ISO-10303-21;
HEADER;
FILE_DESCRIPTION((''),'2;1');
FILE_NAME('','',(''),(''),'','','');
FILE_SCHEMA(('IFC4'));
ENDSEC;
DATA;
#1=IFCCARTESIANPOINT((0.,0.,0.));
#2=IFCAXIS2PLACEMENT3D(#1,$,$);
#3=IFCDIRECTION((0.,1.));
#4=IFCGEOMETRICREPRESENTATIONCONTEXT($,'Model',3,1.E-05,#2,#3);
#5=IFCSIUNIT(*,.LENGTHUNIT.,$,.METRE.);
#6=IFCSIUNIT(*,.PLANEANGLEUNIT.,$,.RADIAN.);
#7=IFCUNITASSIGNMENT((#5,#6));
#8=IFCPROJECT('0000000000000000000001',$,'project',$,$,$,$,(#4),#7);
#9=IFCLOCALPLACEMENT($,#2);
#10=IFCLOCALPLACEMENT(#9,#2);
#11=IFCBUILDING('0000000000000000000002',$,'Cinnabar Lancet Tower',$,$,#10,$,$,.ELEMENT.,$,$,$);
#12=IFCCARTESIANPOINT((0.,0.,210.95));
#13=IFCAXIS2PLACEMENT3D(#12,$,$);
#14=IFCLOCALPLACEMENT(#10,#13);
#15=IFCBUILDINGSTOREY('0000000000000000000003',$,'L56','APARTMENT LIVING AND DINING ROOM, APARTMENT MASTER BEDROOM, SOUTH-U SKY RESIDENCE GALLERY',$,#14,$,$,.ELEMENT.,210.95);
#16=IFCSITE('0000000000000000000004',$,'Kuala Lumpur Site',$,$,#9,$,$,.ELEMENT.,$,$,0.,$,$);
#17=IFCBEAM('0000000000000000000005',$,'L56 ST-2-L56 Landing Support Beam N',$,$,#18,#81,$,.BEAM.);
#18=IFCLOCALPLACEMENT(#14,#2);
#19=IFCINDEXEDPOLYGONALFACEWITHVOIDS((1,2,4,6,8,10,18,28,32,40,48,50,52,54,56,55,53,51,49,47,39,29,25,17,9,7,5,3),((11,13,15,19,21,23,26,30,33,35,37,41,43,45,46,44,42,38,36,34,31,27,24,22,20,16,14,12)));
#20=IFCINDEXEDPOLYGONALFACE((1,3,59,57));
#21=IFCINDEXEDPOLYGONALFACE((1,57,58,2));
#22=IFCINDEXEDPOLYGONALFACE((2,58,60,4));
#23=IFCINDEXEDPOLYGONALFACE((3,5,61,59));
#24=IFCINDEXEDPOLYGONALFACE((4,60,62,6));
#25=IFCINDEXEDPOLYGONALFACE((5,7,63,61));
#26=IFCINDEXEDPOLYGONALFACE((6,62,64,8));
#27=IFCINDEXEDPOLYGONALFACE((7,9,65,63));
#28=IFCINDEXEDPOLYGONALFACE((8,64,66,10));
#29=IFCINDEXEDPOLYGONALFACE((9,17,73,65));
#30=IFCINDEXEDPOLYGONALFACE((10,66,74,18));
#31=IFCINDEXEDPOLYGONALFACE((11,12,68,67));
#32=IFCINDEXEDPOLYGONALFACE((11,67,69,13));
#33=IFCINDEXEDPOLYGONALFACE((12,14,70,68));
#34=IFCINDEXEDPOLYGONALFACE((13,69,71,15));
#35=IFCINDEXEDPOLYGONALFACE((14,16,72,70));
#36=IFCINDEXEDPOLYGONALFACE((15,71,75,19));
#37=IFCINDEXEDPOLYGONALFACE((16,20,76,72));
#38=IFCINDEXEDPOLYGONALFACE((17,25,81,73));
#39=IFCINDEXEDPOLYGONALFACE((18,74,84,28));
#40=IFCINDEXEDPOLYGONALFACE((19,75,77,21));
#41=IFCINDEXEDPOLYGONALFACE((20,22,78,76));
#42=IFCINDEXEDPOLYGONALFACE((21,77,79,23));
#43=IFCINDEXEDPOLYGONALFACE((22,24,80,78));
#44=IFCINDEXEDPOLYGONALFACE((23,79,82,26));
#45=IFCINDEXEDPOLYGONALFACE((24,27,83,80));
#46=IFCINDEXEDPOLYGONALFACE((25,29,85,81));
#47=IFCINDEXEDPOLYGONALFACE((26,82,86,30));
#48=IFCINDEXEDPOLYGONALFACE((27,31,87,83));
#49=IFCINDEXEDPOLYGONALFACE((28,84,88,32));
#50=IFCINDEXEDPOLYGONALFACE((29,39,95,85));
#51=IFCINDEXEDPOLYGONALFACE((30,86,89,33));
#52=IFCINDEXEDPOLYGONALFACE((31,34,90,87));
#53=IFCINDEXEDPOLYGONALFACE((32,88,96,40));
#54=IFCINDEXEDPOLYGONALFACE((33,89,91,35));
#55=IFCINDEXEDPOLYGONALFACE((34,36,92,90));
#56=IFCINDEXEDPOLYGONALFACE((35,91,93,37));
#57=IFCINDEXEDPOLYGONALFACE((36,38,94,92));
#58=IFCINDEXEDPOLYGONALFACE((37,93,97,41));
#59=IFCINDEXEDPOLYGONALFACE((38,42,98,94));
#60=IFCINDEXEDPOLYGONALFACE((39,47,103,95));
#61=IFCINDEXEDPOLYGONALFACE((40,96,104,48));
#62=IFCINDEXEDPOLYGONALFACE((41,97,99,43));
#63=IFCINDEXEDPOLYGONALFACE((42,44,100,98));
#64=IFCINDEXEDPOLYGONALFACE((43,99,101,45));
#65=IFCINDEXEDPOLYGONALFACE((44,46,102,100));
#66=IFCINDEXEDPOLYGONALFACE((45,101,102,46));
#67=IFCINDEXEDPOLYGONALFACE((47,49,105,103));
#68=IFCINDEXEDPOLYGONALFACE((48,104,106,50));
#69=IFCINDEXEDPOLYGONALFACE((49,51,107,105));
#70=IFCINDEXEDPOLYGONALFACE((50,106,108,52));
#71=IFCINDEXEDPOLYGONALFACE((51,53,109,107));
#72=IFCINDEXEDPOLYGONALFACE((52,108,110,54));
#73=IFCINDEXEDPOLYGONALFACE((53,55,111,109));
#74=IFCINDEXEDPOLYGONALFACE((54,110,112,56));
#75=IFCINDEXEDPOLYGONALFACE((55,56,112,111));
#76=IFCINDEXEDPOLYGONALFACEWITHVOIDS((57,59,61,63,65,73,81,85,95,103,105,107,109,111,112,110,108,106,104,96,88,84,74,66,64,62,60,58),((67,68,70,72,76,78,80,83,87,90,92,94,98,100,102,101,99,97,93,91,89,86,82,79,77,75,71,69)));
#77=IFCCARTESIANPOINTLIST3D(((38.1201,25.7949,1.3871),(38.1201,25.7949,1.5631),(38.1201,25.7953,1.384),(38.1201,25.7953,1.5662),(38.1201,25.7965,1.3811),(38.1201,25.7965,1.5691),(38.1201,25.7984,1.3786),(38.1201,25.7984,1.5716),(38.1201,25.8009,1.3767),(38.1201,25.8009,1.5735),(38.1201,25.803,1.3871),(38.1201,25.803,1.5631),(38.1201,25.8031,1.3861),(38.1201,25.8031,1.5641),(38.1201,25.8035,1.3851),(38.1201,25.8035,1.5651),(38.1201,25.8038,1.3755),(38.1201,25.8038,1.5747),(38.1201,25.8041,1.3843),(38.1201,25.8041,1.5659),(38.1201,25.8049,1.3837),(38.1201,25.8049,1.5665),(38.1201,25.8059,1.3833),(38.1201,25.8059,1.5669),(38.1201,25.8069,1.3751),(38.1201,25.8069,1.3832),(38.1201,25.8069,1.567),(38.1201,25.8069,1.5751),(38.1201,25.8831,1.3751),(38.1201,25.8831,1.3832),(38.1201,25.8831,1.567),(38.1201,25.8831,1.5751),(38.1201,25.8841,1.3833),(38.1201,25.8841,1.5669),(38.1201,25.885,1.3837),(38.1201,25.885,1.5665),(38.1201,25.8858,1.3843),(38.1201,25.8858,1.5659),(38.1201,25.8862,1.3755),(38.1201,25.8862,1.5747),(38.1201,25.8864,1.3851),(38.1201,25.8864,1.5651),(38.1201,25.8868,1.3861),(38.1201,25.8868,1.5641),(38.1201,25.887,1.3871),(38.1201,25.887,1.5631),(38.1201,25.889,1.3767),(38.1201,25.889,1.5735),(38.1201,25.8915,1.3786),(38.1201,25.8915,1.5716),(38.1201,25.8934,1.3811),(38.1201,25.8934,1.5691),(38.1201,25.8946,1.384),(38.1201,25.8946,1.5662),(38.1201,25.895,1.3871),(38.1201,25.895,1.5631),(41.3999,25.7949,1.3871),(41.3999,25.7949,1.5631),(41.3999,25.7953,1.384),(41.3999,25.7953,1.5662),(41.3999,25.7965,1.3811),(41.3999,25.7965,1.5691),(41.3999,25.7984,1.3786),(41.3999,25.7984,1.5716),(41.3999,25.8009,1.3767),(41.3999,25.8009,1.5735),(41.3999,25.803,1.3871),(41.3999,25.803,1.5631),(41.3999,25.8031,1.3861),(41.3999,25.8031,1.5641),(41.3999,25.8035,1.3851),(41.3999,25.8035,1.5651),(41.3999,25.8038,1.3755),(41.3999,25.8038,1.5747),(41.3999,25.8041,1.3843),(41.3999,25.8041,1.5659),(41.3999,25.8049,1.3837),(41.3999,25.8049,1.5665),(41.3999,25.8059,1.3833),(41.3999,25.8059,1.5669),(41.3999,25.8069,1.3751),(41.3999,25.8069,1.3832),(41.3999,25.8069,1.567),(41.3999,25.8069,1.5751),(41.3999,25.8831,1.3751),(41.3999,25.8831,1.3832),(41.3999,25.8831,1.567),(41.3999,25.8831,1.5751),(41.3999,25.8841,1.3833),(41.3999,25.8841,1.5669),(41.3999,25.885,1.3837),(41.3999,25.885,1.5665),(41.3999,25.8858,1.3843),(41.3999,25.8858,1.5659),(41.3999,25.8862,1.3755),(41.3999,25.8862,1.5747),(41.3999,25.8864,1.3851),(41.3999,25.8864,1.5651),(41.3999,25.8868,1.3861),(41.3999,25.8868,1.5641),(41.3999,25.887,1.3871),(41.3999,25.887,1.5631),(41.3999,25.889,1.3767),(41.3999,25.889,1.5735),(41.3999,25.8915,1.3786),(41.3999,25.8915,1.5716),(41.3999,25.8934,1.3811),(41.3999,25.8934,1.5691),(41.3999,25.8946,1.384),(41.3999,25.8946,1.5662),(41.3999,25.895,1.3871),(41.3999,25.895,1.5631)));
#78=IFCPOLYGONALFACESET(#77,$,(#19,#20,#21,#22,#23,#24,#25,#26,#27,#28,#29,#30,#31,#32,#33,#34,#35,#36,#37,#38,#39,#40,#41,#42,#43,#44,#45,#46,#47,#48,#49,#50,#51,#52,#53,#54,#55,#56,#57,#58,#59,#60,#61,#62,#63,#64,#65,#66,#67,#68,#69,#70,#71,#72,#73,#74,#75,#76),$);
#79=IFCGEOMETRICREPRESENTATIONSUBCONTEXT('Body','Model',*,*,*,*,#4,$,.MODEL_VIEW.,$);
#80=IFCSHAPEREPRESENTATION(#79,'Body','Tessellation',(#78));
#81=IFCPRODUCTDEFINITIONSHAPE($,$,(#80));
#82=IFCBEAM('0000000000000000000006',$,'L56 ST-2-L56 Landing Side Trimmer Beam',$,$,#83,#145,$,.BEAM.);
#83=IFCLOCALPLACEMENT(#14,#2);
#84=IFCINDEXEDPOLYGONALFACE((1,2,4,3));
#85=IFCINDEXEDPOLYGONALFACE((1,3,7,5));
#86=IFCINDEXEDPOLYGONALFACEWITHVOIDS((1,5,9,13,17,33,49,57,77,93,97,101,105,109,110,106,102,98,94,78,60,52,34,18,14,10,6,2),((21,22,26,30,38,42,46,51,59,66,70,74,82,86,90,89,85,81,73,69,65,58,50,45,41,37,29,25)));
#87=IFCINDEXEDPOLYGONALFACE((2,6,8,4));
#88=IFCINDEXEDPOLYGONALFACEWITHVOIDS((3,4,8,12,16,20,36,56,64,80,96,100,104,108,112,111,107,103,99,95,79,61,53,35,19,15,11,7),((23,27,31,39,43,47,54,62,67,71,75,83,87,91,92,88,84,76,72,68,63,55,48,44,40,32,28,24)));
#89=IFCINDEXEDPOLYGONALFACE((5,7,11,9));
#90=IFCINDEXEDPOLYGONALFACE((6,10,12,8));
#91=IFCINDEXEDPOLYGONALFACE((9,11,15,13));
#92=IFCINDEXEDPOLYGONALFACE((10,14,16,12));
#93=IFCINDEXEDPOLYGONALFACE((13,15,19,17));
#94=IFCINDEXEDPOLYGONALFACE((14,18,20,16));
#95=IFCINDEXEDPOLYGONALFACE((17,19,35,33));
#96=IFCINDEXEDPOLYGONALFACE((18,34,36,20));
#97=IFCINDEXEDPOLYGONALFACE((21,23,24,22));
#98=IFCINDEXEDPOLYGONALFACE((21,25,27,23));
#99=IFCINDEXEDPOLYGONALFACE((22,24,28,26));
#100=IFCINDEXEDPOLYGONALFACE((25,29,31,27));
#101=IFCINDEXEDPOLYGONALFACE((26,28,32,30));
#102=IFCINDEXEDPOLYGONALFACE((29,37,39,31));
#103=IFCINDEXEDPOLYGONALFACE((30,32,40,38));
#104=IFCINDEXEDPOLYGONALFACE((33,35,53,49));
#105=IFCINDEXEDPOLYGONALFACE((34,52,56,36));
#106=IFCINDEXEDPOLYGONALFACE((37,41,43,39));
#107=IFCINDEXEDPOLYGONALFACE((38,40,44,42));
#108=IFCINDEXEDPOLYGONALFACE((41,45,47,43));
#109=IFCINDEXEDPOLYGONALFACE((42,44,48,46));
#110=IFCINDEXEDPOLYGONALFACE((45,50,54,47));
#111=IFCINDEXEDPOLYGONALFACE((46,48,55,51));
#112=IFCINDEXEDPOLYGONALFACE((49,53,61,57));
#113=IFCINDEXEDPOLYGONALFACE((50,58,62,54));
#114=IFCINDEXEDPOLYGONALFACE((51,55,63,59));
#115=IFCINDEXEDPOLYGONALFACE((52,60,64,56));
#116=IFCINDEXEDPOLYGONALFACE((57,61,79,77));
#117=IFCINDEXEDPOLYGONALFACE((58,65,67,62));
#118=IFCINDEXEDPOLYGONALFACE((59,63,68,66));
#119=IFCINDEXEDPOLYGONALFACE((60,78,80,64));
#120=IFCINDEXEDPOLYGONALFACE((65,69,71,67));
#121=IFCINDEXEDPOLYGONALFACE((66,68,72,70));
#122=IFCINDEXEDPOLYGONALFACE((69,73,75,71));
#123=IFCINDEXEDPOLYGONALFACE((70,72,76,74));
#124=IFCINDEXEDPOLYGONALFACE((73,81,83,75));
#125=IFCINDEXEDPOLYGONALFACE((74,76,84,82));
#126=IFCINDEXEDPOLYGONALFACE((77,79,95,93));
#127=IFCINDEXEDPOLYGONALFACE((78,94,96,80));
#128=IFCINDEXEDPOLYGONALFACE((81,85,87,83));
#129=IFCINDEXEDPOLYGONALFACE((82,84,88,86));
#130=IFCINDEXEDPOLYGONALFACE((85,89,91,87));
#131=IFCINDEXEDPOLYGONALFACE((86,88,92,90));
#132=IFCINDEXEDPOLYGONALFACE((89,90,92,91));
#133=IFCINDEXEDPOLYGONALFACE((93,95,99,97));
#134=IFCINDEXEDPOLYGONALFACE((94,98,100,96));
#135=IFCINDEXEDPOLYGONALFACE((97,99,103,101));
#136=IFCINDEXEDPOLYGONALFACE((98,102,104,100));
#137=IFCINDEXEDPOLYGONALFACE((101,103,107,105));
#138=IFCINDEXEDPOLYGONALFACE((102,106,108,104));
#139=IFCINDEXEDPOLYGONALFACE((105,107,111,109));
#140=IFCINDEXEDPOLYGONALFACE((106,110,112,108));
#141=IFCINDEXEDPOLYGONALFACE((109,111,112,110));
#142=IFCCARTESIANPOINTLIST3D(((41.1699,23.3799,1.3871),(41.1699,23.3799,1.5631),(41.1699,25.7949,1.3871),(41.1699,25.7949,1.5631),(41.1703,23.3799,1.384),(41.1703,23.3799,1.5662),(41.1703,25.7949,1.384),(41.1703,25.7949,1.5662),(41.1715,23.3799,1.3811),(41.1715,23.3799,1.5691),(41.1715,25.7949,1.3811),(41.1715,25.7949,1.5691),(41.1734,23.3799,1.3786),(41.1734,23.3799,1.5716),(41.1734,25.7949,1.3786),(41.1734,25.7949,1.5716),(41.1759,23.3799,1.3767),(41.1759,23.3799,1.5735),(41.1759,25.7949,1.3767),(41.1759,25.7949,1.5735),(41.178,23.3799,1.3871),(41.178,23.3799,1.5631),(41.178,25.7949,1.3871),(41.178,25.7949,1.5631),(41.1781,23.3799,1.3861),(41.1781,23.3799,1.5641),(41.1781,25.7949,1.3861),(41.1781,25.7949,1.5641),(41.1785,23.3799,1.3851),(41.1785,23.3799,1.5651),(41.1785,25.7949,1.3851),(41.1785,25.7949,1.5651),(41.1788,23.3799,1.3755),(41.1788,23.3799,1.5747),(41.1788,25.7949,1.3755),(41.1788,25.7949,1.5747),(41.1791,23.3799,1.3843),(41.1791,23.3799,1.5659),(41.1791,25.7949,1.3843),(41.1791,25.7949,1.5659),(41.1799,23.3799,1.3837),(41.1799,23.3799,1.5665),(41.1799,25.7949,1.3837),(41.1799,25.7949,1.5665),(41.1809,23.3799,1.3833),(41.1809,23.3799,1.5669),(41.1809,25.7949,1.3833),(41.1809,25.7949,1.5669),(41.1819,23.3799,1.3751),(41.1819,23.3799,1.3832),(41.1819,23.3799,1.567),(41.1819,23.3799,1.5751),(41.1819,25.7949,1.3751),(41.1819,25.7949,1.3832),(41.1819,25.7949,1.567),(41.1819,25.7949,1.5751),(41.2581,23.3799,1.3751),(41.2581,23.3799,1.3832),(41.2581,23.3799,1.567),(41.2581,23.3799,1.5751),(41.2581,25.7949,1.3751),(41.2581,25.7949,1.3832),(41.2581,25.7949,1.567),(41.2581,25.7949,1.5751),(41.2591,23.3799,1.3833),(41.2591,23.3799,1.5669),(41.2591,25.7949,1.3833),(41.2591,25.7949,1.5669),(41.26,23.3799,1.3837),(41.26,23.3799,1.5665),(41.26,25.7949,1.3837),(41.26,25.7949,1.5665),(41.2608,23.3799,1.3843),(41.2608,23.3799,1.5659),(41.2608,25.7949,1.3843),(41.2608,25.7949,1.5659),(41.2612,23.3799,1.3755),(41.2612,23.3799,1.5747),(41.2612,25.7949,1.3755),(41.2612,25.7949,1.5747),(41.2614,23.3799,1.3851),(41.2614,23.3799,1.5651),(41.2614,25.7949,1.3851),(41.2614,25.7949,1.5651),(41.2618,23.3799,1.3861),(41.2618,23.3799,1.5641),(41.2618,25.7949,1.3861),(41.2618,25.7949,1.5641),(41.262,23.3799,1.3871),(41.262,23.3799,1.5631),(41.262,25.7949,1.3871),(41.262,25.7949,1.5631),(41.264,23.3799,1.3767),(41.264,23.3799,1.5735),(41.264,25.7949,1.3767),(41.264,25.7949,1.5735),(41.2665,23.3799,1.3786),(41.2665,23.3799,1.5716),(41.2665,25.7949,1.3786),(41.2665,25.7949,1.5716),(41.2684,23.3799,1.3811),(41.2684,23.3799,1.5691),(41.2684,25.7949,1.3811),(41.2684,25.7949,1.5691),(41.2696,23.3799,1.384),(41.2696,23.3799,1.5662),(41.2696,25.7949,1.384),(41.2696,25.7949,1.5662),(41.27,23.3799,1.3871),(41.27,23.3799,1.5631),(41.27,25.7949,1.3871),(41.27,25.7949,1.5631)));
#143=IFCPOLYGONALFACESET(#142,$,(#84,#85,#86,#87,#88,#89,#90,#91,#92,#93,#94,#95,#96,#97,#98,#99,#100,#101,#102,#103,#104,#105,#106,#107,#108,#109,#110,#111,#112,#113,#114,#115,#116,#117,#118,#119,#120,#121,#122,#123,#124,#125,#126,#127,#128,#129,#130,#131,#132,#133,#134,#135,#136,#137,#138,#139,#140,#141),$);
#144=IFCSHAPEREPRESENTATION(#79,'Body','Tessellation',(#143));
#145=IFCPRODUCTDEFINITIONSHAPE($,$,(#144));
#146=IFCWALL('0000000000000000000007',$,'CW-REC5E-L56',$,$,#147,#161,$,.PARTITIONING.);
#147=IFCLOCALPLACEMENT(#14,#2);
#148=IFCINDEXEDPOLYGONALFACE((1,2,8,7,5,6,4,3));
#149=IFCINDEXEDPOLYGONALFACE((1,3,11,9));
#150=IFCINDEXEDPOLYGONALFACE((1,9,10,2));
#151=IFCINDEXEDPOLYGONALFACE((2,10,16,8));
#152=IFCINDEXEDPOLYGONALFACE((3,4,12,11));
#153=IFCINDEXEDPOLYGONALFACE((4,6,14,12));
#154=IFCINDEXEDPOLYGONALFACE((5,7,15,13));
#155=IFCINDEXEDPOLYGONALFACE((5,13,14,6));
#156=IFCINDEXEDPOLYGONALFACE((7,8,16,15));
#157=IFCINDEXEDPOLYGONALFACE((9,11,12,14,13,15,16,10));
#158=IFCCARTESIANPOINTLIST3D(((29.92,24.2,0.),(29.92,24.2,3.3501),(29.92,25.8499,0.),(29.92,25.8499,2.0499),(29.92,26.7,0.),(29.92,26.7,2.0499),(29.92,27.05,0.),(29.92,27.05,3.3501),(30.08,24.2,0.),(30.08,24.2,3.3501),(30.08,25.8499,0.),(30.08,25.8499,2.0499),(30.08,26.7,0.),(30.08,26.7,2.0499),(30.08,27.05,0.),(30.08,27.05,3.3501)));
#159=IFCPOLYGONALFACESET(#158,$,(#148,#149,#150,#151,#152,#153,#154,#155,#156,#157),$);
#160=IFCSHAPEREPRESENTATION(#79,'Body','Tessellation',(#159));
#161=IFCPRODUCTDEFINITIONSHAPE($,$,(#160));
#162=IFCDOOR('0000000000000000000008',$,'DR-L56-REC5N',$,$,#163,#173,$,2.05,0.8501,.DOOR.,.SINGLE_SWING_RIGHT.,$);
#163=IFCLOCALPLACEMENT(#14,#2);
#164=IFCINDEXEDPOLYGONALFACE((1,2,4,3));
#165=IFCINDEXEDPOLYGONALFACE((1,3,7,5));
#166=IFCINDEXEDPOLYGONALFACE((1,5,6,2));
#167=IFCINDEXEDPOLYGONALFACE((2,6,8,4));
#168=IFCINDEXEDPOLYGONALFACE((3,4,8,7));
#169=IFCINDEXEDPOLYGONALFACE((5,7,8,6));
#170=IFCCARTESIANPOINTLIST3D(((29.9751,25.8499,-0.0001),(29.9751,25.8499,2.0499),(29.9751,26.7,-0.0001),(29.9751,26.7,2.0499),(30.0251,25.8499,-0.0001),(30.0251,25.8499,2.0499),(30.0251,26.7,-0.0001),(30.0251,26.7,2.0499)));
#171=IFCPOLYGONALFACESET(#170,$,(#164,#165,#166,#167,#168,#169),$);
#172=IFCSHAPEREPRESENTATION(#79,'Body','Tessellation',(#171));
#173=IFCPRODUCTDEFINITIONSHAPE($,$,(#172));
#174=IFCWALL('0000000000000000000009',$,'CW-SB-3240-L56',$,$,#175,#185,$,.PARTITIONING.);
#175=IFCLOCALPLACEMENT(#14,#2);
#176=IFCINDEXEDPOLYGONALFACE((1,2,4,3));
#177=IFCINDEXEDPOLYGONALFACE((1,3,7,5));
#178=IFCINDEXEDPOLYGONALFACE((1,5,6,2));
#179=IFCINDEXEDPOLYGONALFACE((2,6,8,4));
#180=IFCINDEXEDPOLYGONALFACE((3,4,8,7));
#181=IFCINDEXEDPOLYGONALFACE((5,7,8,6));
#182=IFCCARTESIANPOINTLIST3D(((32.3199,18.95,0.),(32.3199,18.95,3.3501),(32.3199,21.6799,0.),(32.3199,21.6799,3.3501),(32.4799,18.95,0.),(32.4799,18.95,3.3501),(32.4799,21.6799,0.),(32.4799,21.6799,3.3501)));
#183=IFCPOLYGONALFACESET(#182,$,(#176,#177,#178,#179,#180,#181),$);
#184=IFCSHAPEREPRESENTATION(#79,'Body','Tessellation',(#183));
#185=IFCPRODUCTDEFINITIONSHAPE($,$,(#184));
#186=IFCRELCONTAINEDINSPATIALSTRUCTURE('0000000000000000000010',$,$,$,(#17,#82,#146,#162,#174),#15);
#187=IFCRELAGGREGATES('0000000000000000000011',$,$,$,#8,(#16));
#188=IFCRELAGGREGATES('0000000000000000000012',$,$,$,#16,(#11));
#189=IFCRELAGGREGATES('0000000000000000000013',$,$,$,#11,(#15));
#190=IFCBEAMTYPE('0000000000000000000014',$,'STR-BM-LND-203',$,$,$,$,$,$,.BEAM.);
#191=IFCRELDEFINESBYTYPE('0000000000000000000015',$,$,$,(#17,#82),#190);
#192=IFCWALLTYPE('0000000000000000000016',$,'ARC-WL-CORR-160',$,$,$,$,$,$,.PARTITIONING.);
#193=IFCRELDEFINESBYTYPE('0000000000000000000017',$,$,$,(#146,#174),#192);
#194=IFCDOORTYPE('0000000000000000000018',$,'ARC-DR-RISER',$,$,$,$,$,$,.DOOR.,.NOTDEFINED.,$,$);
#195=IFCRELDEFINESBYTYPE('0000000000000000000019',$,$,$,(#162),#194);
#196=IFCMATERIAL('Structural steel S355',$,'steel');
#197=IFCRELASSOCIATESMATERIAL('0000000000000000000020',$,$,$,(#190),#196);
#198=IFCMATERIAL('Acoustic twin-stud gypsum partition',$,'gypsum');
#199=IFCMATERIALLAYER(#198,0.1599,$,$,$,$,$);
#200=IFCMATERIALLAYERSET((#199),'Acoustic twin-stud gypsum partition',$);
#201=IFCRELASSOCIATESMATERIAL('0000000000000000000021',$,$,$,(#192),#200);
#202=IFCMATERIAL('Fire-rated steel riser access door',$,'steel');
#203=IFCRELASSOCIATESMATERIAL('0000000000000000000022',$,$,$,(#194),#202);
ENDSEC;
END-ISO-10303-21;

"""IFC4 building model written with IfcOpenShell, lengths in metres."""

from ifc_helpers import new_model, si_unit, direction, frame, frame_2d, origin, origin_2d, place, context, subcontext, project, spatial, rectangle, hollow_rectangle, extrude, material, layer, layer_set, material_profile, profile_set, type_object, element, fill, save


model = new_model("IFC4")

# Units and contexts
model_context = context("Model", 3, precision=1e-05, world=origin(), true_north=direction((0.0, 1.0)))
body_context = subcontext(model_context, "Body", "Model", "MODEL_VIEW")
ifc_project = project(units=[si_unit("LENGTHUNIT", "METRE"), si_unit("PLANEANGLEUNIT", "RADIAN")], contexts=[model_context])

# Site, building, storey
site_placement = place(None, origin())
site = spatial("IfcSite", under=ifc_project, at=site_placement, Name="Kuala Lumpur Site", CompositionType="ELEMENT", RefElevation=0.0)
building_placement = place(site_placement, origin())
building = spatial("IfcBuilding", under=site, at=building_placement, Name="Cinnabar Lancet Tower", CompositionType="ELEMENT")
storey_placement = place(building_placement, frame((0.0, 0.0, 210.95)))
storey = spatial("IfcBuildingStorey", under=building, at=storey_placement, Name="L56", Description="APARTMENT LIVING AND DINING ROOM, APARTMENT MASTER BEDROOM, SOUTH-U SKY RESIDENCE GALLERY", CompositionType="ELEMENT", Elevation=210.95)

# Beams
ifc_material_1 = material(Name="Structural steel S355", Category="steel")
ifc_material_profile_1 = material_profile(ifc_material_1, hollow_rectangle(XDim=0.1001, YDim=0.2, WallThickness=0.0081, InnerFilletRadius=0.0039, OuterFilletRadius=0.012, at=origin_2d()), Name="RHS 200x100x8")
ifc_profile_set_1 = profile_set([ifc_material_profile_1], Name="Structural steel S355")
beam_type_1 = type_object("IfcBeamType", Name="STR-BM-LND-203", PredefinedType="BEAM", material=ifc_profile_set_1)
for number, where, z_axis, x_axis, name in (
    (1, (38.1201, 25.845, 1.4751), (1.0, 0.0, 0.0), (0.0, 1.0, 0.0), "L56 ST-2-L56 Landing Support Beam N"),
):
    element("IfcBeam", number, at=place(storey_placement, frame(where, z_axis=z_axis, x_axis=x_axis)), inside=storey, type_object=beam_type_1, Name=name, PredefinedType="BEAM", context=body_context, shape_type="SweptSolid", body=[
        extrude(hollow_rectangle(XDim=0.1001, YDim=0.2, WallThickness=0.0081, InnerFilletRadius=0.0039, OuterFilletRadius=0.012, at=origin_2d()), origin(), (0.0, 0.0, 1.0), 3.2798),
    ])
beam_1_placement = place(storey_placement, frame((41.22, 23.3799, 1.4751), z_axis=(0.0, 1.0, 0.0), x_axis=(-1.0, 0.0, 0.0)))
element("IfcBeam", 2, at=beam_1_placement, inside=storey, type_object=beam_type_1, Name="L56 ST-2-L56 Landing Side Trimmer Beam", PredefinedType="BEAM", context=body_context, shape_type="SweptSolid", body=[
    extrude(hollow_rectangle(XDim=0.1001, YDim=0.2, WallThickness=0.0081, InnerFilletRadius=0.0039, OuterFilletRadius=0.012, at=origin_2d()), origin(), (0.0, 0.0, 1.0), 2.415),
])

# Wall, opening, door
ifc_material_2 = material(Name="Acoustic twin-stud gypsum partition", Category="gypsum")
ifc_layer_1 = layer(ifc_material_2, 0.1599)
ifc_layer_set_1 = layer_set([ifc_layer_1], Name="Acoustic twin-stud gypsum partition")
wall_type_1 = type_object("IfcWallType", Name="ARC-WL-CORR-160", PredefinedType="PARTITIONING", material=ifc_layer_set_1)
wall_1_placement = place(storey_placement, frame((30.0, 24.2, 0.0), z_axis=(0.0, 0.0, 1.0), x_axis=(0.0, 1.0, 0.0)))
wall_1 = element("IfcWall", 3, at=wall_1_placement, inside=storey, type_object=wall_type_1, Name="CW-REC5E-L56", PredefinedType="PARTITIONING", context=body_context, shape_type="SweptSolid", body=[
    extrude(rectangle(XDim=2.8501, YDim=0.1599, at=frame_2d((1.425, 0.0))), origin(), (0.0, 0.0, 1.0), 3.3501),
])
opening_1_placement = place(wall_1_placement, frame((1.6499, 0.0, 0.0)))
opening_1 = element("IfcOpeningElement", 4, at=opening_1_placement, cuts=wall_1, PredefinedType="OPENING", context=body_context, shape_type="SweptSolid", body=[
    extrude(rectangle(XDim=0.8501, YDim=2.05, at=frame_2d((0.425, 1.0249))), frame((0.0, 0.0898, 0.0), z_axis=(0.0, -1.0, 0.0), x_axis=(1.0, 0.0, 0.0)), (0.0, 0.0, 1.0), 0.1799),
])
ifc_material_3 = material(Name="Fire-rated steel riser access door", Category="steel")
door_type_1 = type_object("IfcDoorType", Name="ARC-DR-RISER", OperationType="NOTDEFINED", PredefinedType="DOOR", material=ifc_material_3)
door_1_placement = place(opening_1_placement, origin())
door_1 = element("IfcDoor", 5, at=door_1_placement, inside=storey, type_object=door_type_1, Name="DR-L56-REC5N", OperationType="SINGLE_SWING_RIGHT", OverallHeight=2.05, OverallWidth=0.8501, PredefinedType="DOOR", context=body_context, shape_type="SweptSolid", body=[
    extrude(rectangle(XDim=0.8501, YDim=2.05, at=frame_2d((0.425, 1.0249))), frame((0.0, 0.0249, 0.0), z_axis=(0.0, -1.0, 0.0), x_axis=(1.0, 0.0, 0.0)), (0.0, 0.0, 1.0), 0.05),
])
fill(opening_1, door_1)

# Wall
for number, where, z_axis, x_axis, name in (
    (6, (32.3999, 18.95, 0.0), (0.0, 0.0, 1.0), (0.0, 1.0, 0.0), "CW-SB-3240-L56"),
):
    element("IfcWall", number, at=place(storey_placement, frame(where, z_axis=z_axis, x_axis=x_axis)), inside=storey, type_object=wall_type_1, Name=name, PredefinedType="PARTITIONING", context=body_context, shape_type="SweptSolid", body=[
        extrude(rectangle(XDim=2.73, YDim=0.1599, at=frame_2d((1.365, 0.0))), origin(), (0.0, 0.0, 1.0), 3.3501),
    ])

save(model, "model.ifc")
